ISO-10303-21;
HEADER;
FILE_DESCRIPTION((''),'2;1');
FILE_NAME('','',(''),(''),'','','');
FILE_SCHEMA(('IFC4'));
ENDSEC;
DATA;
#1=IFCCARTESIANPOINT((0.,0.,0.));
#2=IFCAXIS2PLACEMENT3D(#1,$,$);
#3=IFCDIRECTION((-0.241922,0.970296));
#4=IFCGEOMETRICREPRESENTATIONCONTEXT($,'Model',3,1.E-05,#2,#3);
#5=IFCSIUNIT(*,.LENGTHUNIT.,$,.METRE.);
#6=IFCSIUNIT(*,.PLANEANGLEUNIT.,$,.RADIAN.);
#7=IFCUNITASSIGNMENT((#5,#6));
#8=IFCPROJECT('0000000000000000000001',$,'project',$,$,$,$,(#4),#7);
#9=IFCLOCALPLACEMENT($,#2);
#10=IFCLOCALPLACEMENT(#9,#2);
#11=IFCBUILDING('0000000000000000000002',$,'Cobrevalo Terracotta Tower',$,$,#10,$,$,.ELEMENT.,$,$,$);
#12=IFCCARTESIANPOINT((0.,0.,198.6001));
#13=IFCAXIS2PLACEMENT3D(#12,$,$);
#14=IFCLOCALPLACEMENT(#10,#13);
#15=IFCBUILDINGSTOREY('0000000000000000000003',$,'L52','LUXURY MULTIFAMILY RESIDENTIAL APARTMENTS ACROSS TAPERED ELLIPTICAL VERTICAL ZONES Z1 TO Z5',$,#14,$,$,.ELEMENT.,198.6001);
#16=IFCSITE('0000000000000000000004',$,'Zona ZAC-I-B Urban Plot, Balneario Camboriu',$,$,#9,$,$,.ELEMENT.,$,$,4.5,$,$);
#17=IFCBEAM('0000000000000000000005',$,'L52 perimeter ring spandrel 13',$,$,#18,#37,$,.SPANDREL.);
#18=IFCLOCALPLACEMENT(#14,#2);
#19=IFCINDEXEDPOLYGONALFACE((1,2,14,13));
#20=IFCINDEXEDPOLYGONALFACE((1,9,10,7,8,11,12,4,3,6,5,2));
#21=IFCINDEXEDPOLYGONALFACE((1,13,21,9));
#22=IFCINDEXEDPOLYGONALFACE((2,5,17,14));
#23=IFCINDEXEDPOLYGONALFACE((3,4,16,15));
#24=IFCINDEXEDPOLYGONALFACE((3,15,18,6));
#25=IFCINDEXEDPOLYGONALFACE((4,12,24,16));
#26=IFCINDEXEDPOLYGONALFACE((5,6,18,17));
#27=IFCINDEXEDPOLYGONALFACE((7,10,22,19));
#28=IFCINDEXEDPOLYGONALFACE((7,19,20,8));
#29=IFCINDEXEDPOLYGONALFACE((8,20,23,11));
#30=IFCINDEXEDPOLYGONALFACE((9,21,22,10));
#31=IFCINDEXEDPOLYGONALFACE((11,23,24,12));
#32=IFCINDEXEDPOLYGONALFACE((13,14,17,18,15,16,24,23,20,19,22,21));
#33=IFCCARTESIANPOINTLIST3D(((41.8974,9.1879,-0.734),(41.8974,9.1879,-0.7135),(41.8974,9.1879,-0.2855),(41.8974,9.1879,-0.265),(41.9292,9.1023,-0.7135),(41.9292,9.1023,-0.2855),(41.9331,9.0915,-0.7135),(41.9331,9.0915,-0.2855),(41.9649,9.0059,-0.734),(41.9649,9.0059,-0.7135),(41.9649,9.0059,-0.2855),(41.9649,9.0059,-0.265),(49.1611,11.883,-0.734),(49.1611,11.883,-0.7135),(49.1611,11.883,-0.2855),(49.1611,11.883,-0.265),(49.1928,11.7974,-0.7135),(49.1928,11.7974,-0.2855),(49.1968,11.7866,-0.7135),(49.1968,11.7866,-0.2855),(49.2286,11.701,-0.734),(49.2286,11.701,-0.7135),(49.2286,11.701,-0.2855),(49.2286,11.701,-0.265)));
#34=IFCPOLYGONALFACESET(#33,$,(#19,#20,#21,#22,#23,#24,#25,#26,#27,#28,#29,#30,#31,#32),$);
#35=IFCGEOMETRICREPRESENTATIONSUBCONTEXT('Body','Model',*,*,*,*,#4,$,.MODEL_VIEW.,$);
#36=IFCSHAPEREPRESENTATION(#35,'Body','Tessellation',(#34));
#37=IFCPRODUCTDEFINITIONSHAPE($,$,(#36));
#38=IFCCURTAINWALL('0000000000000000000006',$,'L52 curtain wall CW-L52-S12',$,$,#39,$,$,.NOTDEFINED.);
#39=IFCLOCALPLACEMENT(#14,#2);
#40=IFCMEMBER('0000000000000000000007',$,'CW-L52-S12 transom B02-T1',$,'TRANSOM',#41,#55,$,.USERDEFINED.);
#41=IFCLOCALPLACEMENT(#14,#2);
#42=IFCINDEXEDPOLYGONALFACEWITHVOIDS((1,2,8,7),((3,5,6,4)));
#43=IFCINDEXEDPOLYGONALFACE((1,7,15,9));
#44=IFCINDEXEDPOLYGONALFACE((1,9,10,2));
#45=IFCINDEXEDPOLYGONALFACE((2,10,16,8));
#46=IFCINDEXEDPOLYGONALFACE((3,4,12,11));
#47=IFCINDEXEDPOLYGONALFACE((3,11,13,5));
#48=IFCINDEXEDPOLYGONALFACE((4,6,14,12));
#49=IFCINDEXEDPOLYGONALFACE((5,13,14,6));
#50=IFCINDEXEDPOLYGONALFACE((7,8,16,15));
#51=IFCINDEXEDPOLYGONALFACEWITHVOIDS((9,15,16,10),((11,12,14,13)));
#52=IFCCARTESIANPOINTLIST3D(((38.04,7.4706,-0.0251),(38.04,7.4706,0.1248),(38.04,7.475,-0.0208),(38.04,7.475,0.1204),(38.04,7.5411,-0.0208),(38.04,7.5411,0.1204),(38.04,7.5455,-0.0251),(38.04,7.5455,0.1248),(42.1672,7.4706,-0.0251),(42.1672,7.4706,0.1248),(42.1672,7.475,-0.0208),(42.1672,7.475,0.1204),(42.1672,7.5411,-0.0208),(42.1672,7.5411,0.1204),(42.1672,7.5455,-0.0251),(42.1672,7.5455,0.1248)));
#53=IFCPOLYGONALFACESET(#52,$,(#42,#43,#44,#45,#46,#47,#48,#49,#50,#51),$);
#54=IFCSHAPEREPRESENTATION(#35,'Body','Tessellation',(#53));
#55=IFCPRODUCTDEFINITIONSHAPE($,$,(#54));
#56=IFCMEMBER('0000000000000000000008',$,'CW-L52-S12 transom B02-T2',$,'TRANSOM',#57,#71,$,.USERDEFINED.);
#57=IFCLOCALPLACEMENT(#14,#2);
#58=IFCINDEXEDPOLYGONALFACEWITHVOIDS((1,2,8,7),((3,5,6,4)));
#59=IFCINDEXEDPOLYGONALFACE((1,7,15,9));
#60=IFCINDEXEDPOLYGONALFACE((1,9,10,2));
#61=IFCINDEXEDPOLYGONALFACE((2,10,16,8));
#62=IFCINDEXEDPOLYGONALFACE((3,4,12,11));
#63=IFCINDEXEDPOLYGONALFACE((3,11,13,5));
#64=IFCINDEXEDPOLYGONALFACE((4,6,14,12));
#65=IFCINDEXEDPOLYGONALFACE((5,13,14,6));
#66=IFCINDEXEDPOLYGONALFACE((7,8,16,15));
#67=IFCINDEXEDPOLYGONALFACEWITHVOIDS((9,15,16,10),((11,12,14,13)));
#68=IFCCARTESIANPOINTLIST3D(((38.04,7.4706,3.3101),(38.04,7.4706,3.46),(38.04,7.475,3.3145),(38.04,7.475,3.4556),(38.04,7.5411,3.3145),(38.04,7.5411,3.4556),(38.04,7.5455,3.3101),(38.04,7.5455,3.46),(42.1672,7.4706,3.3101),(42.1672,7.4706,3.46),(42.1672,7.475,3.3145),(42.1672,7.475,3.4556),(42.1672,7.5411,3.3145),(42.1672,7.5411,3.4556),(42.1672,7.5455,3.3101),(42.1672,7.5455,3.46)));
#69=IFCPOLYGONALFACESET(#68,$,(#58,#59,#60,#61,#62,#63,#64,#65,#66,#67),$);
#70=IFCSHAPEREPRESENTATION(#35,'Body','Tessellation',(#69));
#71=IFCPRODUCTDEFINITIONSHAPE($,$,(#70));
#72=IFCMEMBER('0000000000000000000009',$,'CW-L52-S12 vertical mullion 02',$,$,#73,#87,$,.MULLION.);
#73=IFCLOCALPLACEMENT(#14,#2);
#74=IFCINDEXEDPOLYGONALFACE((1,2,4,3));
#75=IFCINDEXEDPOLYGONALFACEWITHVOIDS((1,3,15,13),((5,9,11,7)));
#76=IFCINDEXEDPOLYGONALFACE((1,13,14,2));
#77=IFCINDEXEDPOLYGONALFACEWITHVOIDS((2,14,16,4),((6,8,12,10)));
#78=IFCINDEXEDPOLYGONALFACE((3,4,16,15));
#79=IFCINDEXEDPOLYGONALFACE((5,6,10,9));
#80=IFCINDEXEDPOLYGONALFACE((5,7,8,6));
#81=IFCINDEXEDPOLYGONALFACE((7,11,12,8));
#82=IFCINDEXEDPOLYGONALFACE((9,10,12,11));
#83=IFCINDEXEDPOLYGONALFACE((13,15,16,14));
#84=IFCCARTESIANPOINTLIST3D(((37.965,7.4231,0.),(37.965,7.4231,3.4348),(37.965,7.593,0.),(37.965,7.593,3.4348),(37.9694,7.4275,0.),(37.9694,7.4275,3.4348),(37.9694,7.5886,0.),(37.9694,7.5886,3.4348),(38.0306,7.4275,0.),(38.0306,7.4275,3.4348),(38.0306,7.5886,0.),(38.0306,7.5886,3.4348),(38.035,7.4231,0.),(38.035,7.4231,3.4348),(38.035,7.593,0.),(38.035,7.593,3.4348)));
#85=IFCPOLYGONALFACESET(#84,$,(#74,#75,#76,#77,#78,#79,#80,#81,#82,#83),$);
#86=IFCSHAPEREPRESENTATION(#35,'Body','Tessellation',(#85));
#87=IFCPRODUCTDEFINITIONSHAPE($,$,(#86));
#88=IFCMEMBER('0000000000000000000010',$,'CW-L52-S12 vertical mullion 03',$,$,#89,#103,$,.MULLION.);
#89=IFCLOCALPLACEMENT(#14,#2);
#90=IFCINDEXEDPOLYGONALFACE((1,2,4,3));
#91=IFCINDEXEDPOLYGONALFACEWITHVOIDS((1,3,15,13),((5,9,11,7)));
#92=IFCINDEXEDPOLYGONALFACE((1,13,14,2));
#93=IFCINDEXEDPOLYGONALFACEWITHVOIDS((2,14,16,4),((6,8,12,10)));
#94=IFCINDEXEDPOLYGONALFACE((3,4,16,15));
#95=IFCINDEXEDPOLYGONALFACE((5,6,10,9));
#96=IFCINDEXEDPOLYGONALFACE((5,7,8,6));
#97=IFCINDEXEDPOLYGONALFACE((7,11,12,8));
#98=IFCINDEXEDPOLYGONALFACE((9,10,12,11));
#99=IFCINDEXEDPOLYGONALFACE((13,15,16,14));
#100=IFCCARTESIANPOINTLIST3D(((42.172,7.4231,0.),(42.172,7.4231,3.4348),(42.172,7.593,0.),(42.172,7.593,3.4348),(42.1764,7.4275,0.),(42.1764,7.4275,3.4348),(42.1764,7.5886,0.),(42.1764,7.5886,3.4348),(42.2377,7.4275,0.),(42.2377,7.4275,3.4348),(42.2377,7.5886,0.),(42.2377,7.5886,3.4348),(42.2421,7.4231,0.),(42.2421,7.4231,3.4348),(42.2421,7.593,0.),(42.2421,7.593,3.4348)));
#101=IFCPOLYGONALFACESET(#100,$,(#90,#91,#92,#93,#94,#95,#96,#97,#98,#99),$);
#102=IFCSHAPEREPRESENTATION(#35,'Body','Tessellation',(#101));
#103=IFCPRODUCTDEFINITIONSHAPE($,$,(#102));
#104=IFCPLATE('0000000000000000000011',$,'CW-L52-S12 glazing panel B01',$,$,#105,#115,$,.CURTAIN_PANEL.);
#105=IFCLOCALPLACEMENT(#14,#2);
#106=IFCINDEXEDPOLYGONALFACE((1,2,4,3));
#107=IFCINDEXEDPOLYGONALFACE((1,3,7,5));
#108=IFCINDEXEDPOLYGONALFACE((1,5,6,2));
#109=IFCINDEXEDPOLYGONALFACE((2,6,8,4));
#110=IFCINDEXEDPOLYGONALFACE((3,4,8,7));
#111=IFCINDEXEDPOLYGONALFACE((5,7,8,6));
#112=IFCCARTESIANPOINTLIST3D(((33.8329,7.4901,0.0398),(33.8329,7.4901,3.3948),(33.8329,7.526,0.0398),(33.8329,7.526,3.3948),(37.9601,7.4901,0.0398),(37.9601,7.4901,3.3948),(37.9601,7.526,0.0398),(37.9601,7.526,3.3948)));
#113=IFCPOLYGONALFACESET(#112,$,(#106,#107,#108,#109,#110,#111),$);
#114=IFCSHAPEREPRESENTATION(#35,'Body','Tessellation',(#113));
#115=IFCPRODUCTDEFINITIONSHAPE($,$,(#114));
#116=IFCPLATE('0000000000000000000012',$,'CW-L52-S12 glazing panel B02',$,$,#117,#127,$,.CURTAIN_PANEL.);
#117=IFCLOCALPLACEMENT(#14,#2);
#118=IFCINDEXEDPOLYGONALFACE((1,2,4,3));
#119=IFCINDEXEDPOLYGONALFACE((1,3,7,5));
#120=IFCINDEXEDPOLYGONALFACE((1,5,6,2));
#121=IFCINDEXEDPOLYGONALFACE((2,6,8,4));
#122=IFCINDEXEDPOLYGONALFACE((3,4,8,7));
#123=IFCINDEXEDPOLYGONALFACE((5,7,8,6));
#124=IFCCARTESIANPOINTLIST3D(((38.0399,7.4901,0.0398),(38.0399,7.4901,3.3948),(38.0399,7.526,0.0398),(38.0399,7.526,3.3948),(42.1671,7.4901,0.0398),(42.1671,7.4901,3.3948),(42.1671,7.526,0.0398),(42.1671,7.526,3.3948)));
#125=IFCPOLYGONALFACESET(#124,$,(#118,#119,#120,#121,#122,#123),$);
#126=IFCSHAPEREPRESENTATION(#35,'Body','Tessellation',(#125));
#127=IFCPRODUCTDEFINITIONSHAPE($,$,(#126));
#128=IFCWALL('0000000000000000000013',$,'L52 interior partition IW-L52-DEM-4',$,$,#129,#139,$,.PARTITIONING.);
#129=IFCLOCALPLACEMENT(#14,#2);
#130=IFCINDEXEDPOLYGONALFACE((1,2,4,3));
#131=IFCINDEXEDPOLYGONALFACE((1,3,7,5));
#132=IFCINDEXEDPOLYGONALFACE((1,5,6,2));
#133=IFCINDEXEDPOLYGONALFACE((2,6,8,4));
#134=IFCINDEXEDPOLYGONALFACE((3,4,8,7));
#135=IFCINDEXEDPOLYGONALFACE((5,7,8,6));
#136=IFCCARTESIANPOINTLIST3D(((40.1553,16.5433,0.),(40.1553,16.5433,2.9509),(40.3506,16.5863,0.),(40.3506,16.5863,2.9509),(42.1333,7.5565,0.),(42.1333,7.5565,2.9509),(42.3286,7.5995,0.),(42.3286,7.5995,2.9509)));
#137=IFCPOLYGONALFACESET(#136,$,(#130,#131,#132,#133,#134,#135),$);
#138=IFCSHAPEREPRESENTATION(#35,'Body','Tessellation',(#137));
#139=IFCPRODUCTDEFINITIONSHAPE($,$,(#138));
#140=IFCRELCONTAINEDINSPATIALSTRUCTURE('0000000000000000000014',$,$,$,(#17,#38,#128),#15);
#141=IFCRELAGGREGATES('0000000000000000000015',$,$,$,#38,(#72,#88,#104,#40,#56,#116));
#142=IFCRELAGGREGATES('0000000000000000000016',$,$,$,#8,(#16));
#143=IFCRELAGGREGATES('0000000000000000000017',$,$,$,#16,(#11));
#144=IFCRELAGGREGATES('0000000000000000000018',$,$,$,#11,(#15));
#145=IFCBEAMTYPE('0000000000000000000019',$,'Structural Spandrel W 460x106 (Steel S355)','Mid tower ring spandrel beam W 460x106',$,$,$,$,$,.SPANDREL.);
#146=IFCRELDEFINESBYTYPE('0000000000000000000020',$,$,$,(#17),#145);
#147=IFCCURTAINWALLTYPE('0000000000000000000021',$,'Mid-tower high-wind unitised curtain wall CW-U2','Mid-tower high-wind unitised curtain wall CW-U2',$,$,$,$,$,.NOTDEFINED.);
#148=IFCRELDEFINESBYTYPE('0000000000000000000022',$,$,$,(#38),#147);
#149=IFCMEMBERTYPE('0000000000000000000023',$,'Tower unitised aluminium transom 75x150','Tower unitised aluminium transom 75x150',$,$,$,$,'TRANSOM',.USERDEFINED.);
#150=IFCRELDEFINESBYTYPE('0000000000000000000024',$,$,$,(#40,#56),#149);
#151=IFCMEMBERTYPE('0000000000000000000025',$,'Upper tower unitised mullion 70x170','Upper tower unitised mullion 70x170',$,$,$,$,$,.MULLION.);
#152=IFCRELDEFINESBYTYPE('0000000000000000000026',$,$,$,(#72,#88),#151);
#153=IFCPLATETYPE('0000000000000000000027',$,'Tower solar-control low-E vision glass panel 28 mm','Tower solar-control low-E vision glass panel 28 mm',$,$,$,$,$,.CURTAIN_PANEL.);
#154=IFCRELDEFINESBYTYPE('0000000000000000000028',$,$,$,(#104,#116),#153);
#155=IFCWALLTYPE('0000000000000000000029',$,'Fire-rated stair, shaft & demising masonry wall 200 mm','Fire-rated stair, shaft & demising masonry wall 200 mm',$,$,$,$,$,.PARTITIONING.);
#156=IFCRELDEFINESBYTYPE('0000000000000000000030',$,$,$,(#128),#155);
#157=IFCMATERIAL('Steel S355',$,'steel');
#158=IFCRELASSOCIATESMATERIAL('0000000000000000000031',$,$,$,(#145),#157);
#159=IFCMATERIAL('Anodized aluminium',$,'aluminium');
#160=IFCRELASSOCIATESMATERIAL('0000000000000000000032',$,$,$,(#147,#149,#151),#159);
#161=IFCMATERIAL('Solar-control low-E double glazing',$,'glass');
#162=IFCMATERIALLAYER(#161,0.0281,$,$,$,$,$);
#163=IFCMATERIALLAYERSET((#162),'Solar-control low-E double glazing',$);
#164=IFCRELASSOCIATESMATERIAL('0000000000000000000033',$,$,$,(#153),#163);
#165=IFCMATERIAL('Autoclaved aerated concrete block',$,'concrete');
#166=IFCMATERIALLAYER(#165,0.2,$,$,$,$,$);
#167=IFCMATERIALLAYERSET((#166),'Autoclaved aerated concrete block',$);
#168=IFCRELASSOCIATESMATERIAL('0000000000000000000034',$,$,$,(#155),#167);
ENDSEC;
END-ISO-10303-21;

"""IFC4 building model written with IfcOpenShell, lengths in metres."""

from ifc_helpers import new_model, si_unit, direction, frame, frame_2d, origin, origin_2d, place, context, subcontext, project, spatial, rectangle, hollow_rectangle, i_section, extrude, source, transform, mapped, material, layer, layer_set, material_profile, profile_set, type_object, element, aggregate, save


model = new_model("IFC4")

# Units and contexts
model_context = context("Model", 3, precision=1e-05, world=origin(), true_north=direction((-0.241922, 0.970296)))
body_context = subcontext(model_context, "Body", "Model", "MODEL_VIEW")
ifc_project = project(units=[si_unit("LENGTHUNIT", "METRE"), si_unit("PLANEANGLEUNIT", "RADIAN")], contexts=[model_context])

# Site, building, storey
site_placement = place(None, origin())
site = spatial("IfcSite", under=ifc_project, at=site_placement, Name="Zona ZAC-I-B Urban Plot, Balneario Camboriu", CompositionType="ELEMENT", RefElevation=4.5)
building_placement = place(site_placement, origin())
building = spatial("IfcBuilding", under=site, at=building_placement, Name="Cobrevalo Terracotta Tower", CompositionType="ELEMENT")
storey_placement = place(building_placement, frame((0.0, 0.0, 198.6001)))
storey = spatial("IfcBuildingStorey", under=building, at=storey_placement, Name="L52", Description="LUXURY MULTIFAMILY RESIDENTIAL APARTMENTS ACROSS TAPERED ELLIPTICAL VERTICAL ZONES Z1 TO Z5", CompositionType="ELEMENT", Elevation=198.6001)

# Shared definitions
ifc_material_1 = material(Name="Steel S355", Category="steel")

# Beam
ifc_material_profile_1 = material_profile(ifc_material_1, i_section(OverallWidth=0.1941, OverallDepth=0.469, WebThickness=0.0115, FlangeThickness=0.0205, at=origin_2d()), Name="W 460x106")
ifc_profile_set_1 = profile_set([ifc_material_profile_1], Name="Steel S355")
beam_type_1 = type_object("IfcBeamType", Name="Structural Spandrel W 460x106 (Steel S355)", Description="Mid tower ring spandrel beam W 460x106", PredefinedType="SPANDREL", material=ifc_profile_set_1)
beam_1_placement = place(storey_placement, frame((41.9312, 9.0969, -0.4995), z_axis=(0.937546, 0.347861, 0.0), x_axis=(-0.347861, 0.937546, 0.0)))
element("IfcBeam", 1, at=beam_1_placement, inside=storey, type_object=beam_type_1, Name="L52 perimeter ring spandrel 13", PredefinedType="SPANDREL", context=body_context, shape_type="SweptSolid", body=[
    extrude(i_section(OverallWidth=0.1941, OverallDepth=0.469, WebThickness=0.0115, FlangeThickness=0.0205, at=origin_2d()), origin(), (0.0, 0.0, 1.0), 7.7476),
])

# Curtain wall, members, plates
ifc_material_2 = material(Name="Anodized aluminium", Category="aluminium")
curtain_wall_type = type_object("IfcCurtainWallType", Name="Mid-tower high-wind unitised curtain wall CW-U2", Description="Mid-tower high-wind unitised curtain wall CW-U2", PredefinedType="NOTDEFINED", material=ifc_material_2)
curtain_wall_placement = place(storey_placement, origin())
curtain_wall = element("IfcCurtainWall", 2, at=curtain_wall_placement, inside=storey, type_object=curtain_wall_type, Name="L52 curtain wall CW-L52-S12", PredefinedType="NOTDEFINED")
ifc_material_profile_2 = material_profile(ifc_material_2, hollow_rectangle(XDim=0.075, YDim=0.1499, WallThickness=0.0044, at=origin_2d()), Name="CWT 75x150")
ifc_profile_set_2 = profile_set([ifc_material_profile_2], Name="Anodized aluminium")
member_type_1 = type_object("IfcMemberType", Name="Tower unitised aluminium transom 75x150", Description="Tower unitised aluminium transom 75x150", ElementType="TRANSOM", PredefinedType="USERDEFINED", material=ifc_profile_set_2)
shared_shape_1 = source(origin(), body_context, "Body", "SweptSolid", [
    extrude(hollow_rectangle(XDim=0.075, YDim=0.1499, WallThickness=0.0044, at=origin_2d()), origin(), (0.0, 0.0, 1.0), 4.1272),
])
member_1_placement = place(storey_placement, frame((38.04, 7.5081, 0.0498), z_axis=(1.0, 0.0, 0.0), x_axis=(0.0, 1.0, 0.0)))
member_1 = element("IfcMember", 3, at=member_1_placement, type_object=member_type_1, Name="CW-L52-S12 transom B02-T1", ObjectType="TRANSOM", PredefinedType="USERDEFINED", context=body_context, shape_type="MappedRepresentation", body=[
    mapped(shared_shape_1, transform((0.0, 0.0, 0.0), scale=1.0)),
])
member_2_placement = place(storey_placement, frame((38.04, 7.5081, 3.385), z_axis=(1.0, 0.0, 0.0), x_axis=(0.0, 1.0, 0.0)))
member_2 = element("IfcMember", 4, at=member_2_placement, type_object=member_type_1, Name="CW-L52-S12 transom B02-T2", ObjectType="TRANSOM", PredefinedType="USERDEFINED", context=body_context, shape_type="MappedRepresentation", body=[
    mapped(shared_shape_1, transform((0.0, 0.0, 0.0), scale=1.0)),
])
ifc_material_profile_3 = material_profile(ifc_material_2, hollow_rectangle(XDim=0.0701, YDim=0.1699, WallThickness=0.0044, at=origin_2d()), Name="CWM 70x170")
ifc_profile_set_3 = profile_set([ifc_material_profile_3], Name="Anodized aluminium")
member_type_2 = type_object("IfcMemberType", Name="Upper tower unitised mullion 70x170", Description="Upper tower unitised mullion 70x170", PredefinedType="MULLION", material=ifc_profile_set_3)
shared_shape_2 = source(origin(), body_context, "Body", "SweptSolid", [
    extrude(hollow_rectangle(XDim=0.0701, YDim=0.1699, WallThickness=0.0044, at=origin_2d()), origin(), (0.0, 0.0, 1.0), 3.4348),
])
member_3_placement = place(storey_placement, frame((38.0, 7.5081, 0.0), z_axis=(0.0, 0.0, 1.0), x_axis=(1.0, 0.0, 0.0)))
member_3 = element("IfcMember", 5, at=member_3_placement, type_object=member_type_2, Name="CW-L52-S12 vertical mullion 02", PredefinedType="MULLION", context=body_context, shape_type="MappedRepresentation", body=[
    mapped(shared_shape_2, transform((0.0, 0.0, 0.0), scale=1.0)),
])
member_4_placement = place(storey_placement, frame((42.207, 7.5081, 0.0), z_axis=(0.0, 0.0, 1.0), x_axis=(1.0, 0.0, 0.0)))
member_4 = element("IfcMember", 6, at=member_4_placement, type_object=member_type_2, Name="CW-L52-S12 vertical mullion 03", PredefinedType="MULLION", context=body_context, shape_type="MappedRepresentation", body=[
    mapped(shared_shape_2, transform((0.0, 0.0, 0.0), scale=1.0)),
])
ifc_material_3 = material(Name="Solar-control low-E double glazing", Category="glass")
ifc_layer_1 = layer(ifc_material_3, 0.0281)
ifc_layer_set_1 = layer_set([ifc_layer_1], Name="Solar-control low-E double glazing")
plate_type = type_object("IfcPlateType", Name="Tower solar-control low-E vision glass panel 28 mm", Description="Tower solar-control low-E vision glass panel 28 mm", PredefinedType="CURTAIN_PANEL", material=ifc_layer_set_1)
shared_shape_3 = source(origin(), body_context, "Body", "SweptSolid", [
    extrude(rectangle(XDim=4.1272, YDim=0.0359, at=origin_2d()), origin(), (0.0, 0.0, 1.0), 3.355),
])
plate_1_placement = place(storey_placement, frame((35.8965, 7.5081, 0.0398), z_axis=(0.0, 0.0, 1.0), x_axis=(1.0, 0.0, 0.0)))
plate_1 = element("IfcPlate", 7, at=plate_1_placement, type_object=plate_type, Name="CW-L52-S12 glazing panel B01", PredefinedType="CURTAIN_PANEL", context=body_context, shape_type="MappedRepresentation", body=[
    mapped(shared_shape_3, transform((0.0, 0.0, 0.0), scale=1.0)),
])
plate_2_placement = place(storey_placement, frame((40.1035, 7.5081, 0.0398), z_axis=(0.0, 0.0, 1.0), x_axis=(1.0, 0.0, 0.0)))
plate_2 = element("IfcPlate", 8, at=plate_2_placement, type_object=plate_type, Name="CW-L52-S12 glazing panel B02", PredefinedType="CURTAIN_PANEL", context=body_context, shape_type="MappedRepresentation", body=[
    mapped(shared_shape_3, transform((0.0, 0.0, 0.0), scale=1.0)),
])
aggregate(curtain_wall, [member_3, member_4, plate_1, member_1, member_2, plate_2])

# Wall
ifc_material_4 = material(Name="Autoclaved aerated concrete block", Category="concrete")
ifc_layer_2 = layer(ifc_material_4, 0.2)
ifc_layer_set_2 = layer_set([ifc_layer_2], Name="Autoclaved aerated concrete block")
wall_type_1 = type_object("IfcWallType", Name="Fire-rated stair, shaft & demising masonry wall 200 mm", Description="Fire-rated stair, shaft & demising masonry wall 200 mm", PredefinedType="PARTITIONING", material=ifc_layer_set_2)
wall_1_placement = place(storey_placement, frame((40.2529, 16.5649, 0.0), z_axis=(0.0, 0.0, 1.0), x_axis=(0.214958, -0.976623, 0.0)))
element("IfcWall", 9, at=wall_1_placement, inside=storey, type_object=wall_type_1, Name="L52 interior partition IW-L52-DEM-4", PredefinedType="PARTITIONING", context=body_context, shape_type="SweptSolid", body=[
    extrude(rectangle(XDim=9.2019, YDim=0.2, at=frame_2d((4.6011, 0.0))), origin(), (0.0, 0.0, 1.0), 2.9509),
])

save(model, "model.ifc")
